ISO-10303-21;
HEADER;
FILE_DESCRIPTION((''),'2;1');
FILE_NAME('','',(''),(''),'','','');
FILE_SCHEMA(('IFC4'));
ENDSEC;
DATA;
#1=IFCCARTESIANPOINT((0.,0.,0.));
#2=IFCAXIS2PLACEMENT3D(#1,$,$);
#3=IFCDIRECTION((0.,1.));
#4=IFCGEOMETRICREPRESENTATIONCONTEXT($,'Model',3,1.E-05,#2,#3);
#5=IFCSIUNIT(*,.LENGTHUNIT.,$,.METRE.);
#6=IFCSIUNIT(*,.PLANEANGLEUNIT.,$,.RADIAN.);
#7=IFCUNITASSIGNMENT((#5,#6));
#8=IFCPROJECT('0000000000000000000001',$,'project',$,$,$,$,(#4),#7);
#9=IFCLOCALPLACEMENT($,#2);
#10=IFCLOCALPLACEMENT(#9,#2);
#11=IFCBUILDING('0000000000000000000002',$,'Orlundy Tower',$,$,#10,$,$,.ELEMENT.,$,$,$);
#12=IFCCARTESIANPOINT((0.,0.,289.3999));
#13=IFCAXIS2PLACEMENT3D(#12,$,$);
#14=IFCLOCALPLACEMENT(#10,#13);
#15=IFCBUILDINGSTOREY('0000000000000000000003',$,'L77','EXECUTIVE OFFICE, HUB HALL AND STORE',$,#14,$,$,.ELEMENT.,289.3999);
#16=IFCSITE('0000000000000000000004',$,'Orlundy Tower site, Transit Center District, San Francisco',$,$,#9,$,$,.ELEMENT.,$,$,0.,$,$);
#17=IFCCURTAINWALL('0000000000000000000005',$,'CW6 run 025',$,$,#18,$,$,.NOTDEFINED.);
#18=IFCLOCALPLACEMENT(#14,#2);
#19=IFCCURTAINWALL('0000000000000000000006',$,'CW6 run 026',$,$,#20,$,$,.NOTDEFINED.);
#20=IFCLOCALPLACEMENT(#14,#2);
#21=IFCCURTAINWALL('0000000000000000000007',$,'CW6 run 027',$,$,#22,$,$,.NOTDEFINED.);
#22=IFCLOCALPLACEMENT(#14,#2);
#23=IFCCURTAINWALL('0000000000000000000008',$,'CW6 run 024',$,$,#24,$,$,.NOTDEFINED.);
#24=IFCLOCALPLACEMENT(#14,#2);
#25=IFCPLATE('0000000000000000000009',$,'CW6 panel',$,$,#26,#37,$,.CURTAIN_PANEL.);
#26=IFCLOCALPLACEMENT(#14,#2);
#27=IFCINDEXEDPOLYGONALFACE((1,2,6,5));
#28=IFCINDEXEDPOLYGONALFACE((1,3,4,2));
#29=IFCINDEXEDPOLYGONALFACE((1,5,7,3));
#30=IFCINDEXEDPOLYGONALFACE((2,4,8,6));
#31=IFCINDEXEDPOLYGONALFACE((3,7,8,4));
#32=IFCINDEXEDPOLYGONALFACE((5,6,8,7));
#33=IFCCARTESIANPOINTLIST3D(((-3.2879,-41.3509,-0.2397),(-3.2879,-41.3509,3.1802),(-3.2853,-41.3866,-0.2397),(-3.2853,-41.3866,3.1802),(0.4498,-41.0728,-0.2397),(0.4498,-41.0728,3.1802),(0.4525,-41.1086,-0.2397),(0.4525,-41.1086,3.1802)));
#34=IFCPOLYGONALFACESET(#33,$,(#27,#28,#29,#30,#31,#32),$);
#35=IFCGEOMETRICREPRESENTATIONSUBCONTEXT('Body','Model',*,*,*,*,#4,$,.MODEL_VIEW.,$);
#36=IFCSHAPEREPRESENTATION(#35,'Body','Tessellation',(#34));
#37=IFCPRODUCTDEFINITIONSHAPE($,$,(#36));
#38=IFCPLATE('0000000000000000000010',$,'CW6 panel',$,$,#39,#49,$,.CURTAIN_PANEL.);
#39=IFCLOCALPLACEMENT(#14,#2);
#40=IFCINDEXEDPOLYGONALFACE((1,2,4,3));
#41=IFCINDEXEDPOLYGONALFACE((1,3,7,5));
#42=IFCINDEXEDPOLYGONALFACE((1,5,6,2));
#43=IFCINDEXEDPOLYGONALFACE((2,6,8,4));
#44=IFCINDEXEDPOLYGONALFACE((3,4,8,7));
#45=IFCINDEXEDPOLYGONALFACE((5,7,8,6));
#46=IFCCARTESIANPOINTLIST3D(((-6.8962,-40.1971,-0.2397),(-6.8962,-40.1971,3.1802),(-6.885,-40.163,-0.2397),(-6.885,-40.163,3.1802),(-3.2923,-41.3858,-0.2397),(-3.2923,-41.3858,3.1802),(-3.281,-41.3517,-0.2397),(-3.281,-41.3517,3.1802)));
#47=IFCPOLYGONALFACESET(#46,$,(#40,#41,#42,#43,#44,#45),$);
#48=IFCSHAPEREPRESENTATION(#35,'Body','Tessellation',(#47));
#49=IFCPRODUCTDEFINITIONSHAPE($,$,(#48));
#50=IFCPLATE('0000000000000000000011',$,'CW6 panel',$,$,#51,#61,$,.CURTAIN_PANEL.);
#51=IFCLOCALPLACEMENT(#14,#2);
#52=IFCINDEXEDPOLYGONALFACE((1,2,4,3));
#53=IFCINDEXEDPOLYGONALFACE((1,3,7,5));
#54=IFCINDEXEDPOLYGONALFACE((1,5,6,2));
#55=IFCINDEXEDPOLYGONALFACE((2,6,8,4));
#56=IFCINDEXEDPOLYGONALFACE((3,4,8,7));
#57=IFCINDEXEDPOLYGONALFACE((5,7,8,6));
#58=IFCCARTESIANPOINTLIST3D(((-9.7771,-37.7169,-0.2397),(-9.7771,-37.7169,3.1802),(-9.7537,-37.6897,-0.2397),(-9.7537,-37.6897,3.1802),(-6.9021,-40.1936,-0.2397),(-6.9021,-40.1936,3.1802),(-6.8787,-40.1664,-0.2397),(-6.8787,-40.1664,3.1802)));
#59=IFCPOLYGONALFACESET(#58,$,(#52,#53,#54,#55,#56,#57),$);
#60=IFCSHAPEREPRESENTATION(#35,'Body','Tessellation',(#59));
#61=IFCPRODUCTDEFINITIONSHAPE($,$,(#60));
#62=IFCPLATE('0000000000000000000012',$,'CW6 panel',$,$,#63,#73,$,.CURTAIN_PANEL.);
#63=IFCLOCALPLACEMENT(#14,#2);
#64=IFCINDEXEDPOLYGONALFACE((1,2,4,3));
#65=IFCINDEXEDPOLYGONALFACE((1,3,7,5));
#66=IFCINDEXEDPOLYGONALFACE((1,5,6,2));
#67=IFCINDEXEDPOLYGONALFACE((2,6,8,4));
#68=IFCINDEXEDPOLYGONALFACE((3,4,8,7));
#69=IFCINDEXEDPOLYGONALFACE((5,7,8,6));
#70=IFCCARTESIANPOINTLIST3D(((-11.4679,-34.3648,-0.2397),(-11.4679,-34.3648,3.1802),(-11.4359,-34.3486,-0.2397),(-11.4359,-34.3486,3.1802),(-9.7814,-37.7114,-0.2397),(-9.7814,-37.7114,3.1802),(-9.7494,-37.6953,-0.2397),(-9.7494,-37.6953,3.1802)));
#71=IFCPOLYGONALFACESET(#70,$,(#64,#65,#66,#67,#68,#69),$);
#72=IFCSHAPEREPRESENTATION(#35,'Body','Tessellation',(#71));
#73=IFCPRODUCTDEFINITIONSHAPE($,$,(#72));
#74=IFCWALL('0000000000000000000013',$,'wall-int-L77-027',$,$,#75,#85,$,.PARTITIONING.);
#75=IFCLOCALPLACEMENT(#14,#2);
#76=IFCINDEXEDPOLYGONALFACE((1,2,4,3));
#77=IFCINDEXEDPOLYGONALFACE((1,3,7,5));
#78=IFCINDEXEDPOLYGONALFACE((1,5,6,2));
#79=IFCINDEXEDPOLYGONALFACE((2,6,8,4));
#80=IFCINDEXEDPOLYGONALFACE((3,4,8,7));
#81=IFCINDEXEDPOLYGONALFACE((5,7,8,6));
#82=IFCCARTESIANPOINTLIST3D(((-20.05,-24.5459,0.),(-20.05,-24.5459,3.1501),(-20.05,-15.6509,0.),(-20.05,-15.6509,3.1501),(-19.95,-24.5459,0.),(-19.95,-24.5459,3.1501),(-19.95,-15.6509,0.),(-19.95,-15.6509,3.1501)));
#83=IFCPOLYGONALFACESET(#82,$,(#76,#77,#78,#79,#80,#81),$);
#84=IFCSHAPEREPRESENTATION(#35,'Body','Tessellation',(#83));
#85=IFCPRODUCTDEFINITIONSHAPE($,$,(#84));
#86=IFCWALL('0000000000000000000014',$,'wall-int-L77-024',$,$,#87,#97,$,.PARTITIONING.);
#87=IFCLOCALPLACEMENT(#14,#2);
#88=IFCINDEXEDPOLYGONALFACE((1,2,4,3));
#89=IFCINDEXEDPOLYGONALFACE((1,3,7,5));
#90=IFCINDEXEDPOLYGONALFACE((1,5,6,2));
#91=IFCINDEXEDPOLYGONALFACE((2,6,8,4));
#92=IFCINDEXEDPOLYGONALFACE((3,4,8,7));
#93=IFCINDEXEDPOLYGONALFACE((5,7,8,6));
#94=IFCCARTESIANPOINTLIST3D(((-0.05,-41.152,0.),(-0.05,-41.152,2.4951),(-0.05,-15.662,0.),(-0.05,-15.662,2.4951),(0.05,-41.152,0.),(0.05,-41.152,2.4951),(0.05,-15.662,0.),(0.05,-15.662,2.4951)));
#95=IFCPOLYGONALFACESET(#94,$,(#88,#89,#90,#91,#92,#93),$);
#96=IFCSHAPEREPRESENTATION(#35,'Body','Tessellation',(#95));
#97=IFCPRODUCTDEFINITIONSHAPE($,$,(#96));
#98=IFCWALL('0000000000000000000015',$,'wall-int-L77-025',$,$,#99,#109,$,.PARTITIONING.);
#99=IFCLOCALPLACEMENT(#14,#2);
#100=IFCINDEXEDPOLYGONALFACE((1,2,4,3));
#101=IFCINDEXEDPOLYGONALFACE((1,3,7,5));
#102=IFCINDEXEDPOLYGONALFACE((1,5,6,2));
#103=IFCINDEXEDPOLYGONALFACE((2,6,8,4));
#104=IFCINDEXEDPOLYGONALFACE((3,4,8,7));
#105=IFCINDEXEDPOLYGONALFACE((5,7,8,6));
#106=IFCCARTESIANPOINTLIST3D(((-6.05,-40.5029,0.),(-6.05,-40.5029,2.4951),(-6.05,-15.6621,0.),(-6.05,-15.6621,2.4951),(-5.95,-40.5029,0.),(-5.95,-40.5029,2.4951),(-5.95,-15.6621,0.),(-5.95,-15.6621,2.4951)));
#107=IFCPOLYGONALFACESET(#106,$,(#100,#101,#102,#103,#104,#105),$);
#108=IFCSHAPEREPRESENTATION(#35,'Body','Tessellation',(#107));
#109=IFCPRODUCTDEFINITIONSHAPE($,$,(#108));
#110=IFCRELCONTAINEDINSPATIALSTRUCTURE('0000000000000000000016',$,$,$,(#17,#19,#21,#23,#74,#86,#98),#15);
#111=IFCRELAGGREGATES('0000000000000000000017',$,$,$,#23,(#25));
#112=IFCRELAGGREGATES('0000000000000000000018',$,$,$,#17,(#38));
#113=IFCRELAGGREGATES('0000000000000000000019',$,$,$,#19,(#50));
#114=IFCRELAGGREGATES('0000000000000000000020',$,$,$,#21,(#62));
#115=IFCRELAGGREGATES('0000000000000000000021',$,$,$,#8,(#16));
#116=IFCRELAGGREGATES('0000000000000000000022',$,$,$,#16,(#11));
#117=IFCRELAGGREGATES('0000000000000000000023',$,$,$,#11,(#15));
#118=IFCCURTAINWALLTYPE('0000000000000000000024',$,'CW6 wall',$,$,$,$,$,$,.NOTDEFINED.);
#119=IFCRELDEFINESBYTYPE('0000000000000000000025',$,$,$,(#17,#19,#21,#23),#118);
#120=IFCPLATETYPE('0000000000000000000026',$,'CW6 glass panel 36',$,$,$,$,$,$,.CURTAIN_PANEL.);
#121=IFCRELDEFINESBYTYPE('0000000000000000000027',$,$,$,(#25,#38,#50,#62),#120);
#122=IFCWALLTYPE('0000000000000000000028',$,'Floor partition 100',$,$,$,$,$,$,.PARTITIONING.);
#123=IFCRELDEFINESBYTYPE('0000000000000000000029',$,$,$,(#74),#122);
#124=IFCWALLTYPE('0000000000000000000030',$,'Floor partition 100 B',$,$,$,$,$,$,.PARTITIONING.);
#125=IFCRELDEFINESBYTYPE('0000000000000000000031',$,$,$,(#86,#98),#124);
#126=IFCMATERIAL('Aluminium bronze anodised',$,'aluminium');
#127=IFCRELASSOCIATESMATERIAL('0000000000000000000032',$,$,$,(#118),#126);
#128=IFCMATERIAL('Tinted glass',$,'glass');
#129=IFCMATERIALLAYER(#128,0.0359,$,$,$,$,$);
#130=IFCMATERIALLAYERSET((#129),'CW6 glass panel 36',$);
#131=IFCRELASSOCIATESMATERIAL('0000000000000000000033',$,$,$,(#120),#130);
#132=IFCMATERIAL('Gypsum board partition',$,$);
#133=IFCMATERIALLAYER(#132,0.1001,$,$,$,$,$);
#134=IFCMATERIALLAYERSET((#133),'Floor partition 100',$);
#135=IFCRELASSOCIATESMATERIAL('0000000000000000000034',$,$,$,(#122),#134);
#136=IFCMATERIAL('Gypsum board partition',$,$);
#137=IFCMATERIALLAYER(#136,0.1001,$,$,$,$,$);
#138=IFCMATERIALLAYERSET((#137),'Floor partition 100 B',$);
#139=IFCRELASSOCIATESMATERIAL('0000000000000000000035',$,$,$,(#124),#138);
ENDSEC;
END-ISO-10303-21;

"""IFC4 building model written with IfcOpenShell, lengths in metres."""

from ifc_helpers import new_model, si_unit, direction, frame, frame_2d, origin, origin_2d, place, context, subcontext, project, spatial, rectangle, extrude, material, layer, layer_set, type_object, element, aggregate, save


model = new_model("IFC4")

# Units and contexts
model_context = context("Model", 3, precision=1e-05, world=origin(), true_north=direction((0.0, 1.0)))
body_context = subcontext(model_context, "Body", "Model", "MODEL_VIEW")
ifc_project = project(units=[si_unit("LENGTHUNIT", "METRE"), si_unit("PLANEANGLEUNIT", "RADIAN")], contexts=[model_context])

# Site, building, storey
site_placement = place(None, origin())
site = spatial("IfcSite", under=ifc_project, at=site_placement, Name="Orlundy Tower site, Transit Center District, San Francisco", CompositionType="ELEMENT", RefElevation=0.0)
building_placement = place(site_placement, origin())
building = spatial("IfcBuilding", under=site, at=building_placement, Name="Orlundy Tower", CompositionType="ELEMENT")
storey_placement = place(building_placement, frame((0.0, 0.0, 289.3999)))
storey = spatial("IfcBuildingStorey", under=building, at=storey_placement, Name="L77", Description="EXECUTIVE OFFICE, HUB HALL AND STORE", CompositionType="ELEMENT", Elevation=289.3999)

# Curtain walls
ifc_material_1 = material(Name="Aluminium bronze anodised", Category="aluminium")
curtain_wall_type = type_object("IfcCurtainWallType", Name="CW6 wall", PredefinedType="NOTDEFINED", material=ifc_material_1)
curtain_wall_1_placement = place(storey_placement, origin())
curtain_wall_1 = element("IfcCurtainWall", 1, at=curtain_wall_1_placement, inside=storey, type_object=curtain_wall_type, Name="CW6 run 025", PredefinedType="NOTDEFINED")
curtain_wall_2_placement = place(storey_placement, origin())
curtain_wall_2 = element("IfcCurtainWall", 2, at=curtain_wall_2_placement, inside=storey, type_object=curtain_wall_type, Name="CW6 run 026", PredefinedType="NOTDEFINED")
curtain_wall_3_placement = place(storey_placement, origin())
curtain_wall_3 = element("IfcCurtainWall", 3, at=curtain_wall_3_placement, inside=storey, type_object=curtain_wall_type, Name="CW6 run 027", PredefinedType="NOTDEFINED")

# Shared definitions
ifc_material_2 = material(Name="Tinted glass", Category="glass")
ifc_layer_1 = layer(ifc_material_2, 0.0359)
ifc_layer_set_1 = layer_set([ifc_layer_1], Name="CW6 glass panel 36")
plate_type = type_object("IfcPlateType", Name="CW6 glass panel 36", PredefinedType="CURTAIN_PANEL", material=ifc_layer_set_1)

# Curtain wall, plate
curtain_wall_4_placement = place(storey_placement, origin())
curtain_wall_4 = element("IfcCurtainWall", 4, at=curtain_wall_4_placement, inside=storey, type_object=curtain_wall_type, Name="CW6 run 024", PredefinedType="NOTDEFINED")
plate_1_placement = place(storey_placement, frame((-1.4177, -41.2297, -0.2397), z_axis=(0.0, 0.0, 1.0), x_axis=(-0.997245, -0.07418, 0.0)))
plate_1 = element("IfcPlate", 5, at=plate_1_placement, type_object=plate_type, Name="CW6 panel", PredefinedType="CURTAIN_PANEL", context=body_context, shape_type="SweptSolid", body=[
    extrude(rectangle(XDim=3.748, YDim=0.0359, at=origin_2d()), origin(), (0.0, 0.0, 1.0), 3.4199),
])
aggregate(curtain_wall_4, [plate_1])

# Plates
plate_2_placement = place(storey_placement, frame((-5.0886, -40.7744, -0.2397), z_axis=(0.0, 0.0, 1.0), x_axis=(-0.949677, 0.313231, 0.0)))
plate_2 = element("IfcPlate", 6, at=plate_2_placement, type_object=plate_type, Name="CW6 panel", PredefinedType="CURTAIN_PANEL", context=body_context, shape_type="SweptSolid", body=[
    extrude(rectangle(XDim=3.7949, YDim=0.0359, at=origin_2d()), origin(), (0.0, 0.0, 1.0), 3.4199),
])
aggregate(curtain_wall_1, [plate_2])
plate_3_placement = place(storey_placement, frame((-8.3279, -38.9417, -0.2397), z_axis=(0.0, 0.0, 1.0), x_axis=(-0.757635, 0.652678, 0.0)))
plate_3 = element("IfcPlate", 7, at=plate_3_placement, type_object=plate_type, Name="CW6 panel", PredefinedType="CURTAIN_PANEL", context=body_context, shape_type="SweptSolid", body=[
    extrude(rectangle(XDim=3.7947, YDim=0.0359, at=origin_2d()), origin(), (0.0, 0.0, 1.0), 3.4199),
])
aggregate(curtain_wall_2, [plate_3])
plate_4_placement = place(storey_placement, frame((-10.6086, -36.03, -0.2397), z_axis=(0.0, 0.0, 1.0), x_axis=(-0.450017, 0.89302, 0.0)))
plate_4 = element("IfcPlate", 8, at=plate_4_placement, type_object=plate_type, Name="CW6 panel", PredefinedType="CURTAIN_PANEL", context=body_context, shape_type="SweptSolid", body=[
    extrude(rectangle(XDim=3.7476, YDim=0.0359, at=origin_2d()), origin(), (0.0, 0.0, 1.0), 3.4199),
])
aggregate(curtain_wall_3, [plate_4])

# Walls
ifc_material_3 = material(Name="Gypsum board partition")
ifc_layer_2 = layer(ifc_material_3, 0.1001)
ifc_layer_set_2 = layer_set([ifc_layer_2], Name="Floor partition 100")
wall_type_1 = type_object("IfcWallType", Name="Floor partition 100", PredefinedType="PARTITIONING", material=ifc_layer_set_2)
wall_1_placement = place(storey_placement, frame((-20.0, -24.5459, 0.0), z_axis=(0.0, 0.0, 1.0), x_axis=(0.0, 1.0, 0.0)))
element("IfcWall", 9, at=wall_1_placement, inside=storey, type_object=wall_type_1, Name="wall-int-L77-027", PredefinedType="PARTITIONING", context=body_context, shape_type="SweptSolid", body=[
    extrude(rectangle(XDim=8.895, YDim=0.1001, at=frame_2d((4.4475, 0.0))), origin(), (0.0, 0.0, 1.0), 3.1501),
])
ifc_material_4 = material(Name="Gypsum board partition")
ifc_layer_3 = layer(ifc_material_4, 0.1001)
ifc_layer_set_3 = layer_set([ifc_layer_3], Name="Floor partition 100 B")
wall_type_2 = type_object("IfcWallType", Name="Floor partition 100 B", PredefinedType="PARTITIONING", material=ifc_layer_set_3)
wall_2_placement = place(storey_placement, frame((0.0, -41.1521, 0.0), z_axis=(0.0, 0.0, 1.0), x_axis=(0.0, 1.0, 0.0)))
element("IfcWall", 10, at=wall_2_placement, inside=storey, type_object=wall_type_2, Name="wall-int-L77-024", PredefinedType="PARTITIONING", context=body_context, shape_type="SweptSolid", body=[
    extrude(rectangle(XDim=25.49, YDim=0.1001, at=frame_2d((12.7451, 0.0))), origin(), (0.0, 0.0, 1.0), 2.4951),
])
wall_3_placement = place(storey_placement, frame((-6.0, -40.5029, 0.0), z_axis=(0.0, 0.0, 1.0), x_axis=(0.0, 1.0, 0.0)))
element("IfcWall", 11, at=wall_3_placement, inside=storey, type_object=wall_type_2, Name="wall-int-L77-025", PredefinedType="PARTITIONING", context=body_context, shape_type="SweptSolid", body=[
    extrude(rectangle(XDim=24.8408, YDim=0.1001, at=frame_2d((12.4204, 0.0))), origin(), (0.0, 0.0, 1.0), 2.4951),
])

save(model, "model.ifc")
